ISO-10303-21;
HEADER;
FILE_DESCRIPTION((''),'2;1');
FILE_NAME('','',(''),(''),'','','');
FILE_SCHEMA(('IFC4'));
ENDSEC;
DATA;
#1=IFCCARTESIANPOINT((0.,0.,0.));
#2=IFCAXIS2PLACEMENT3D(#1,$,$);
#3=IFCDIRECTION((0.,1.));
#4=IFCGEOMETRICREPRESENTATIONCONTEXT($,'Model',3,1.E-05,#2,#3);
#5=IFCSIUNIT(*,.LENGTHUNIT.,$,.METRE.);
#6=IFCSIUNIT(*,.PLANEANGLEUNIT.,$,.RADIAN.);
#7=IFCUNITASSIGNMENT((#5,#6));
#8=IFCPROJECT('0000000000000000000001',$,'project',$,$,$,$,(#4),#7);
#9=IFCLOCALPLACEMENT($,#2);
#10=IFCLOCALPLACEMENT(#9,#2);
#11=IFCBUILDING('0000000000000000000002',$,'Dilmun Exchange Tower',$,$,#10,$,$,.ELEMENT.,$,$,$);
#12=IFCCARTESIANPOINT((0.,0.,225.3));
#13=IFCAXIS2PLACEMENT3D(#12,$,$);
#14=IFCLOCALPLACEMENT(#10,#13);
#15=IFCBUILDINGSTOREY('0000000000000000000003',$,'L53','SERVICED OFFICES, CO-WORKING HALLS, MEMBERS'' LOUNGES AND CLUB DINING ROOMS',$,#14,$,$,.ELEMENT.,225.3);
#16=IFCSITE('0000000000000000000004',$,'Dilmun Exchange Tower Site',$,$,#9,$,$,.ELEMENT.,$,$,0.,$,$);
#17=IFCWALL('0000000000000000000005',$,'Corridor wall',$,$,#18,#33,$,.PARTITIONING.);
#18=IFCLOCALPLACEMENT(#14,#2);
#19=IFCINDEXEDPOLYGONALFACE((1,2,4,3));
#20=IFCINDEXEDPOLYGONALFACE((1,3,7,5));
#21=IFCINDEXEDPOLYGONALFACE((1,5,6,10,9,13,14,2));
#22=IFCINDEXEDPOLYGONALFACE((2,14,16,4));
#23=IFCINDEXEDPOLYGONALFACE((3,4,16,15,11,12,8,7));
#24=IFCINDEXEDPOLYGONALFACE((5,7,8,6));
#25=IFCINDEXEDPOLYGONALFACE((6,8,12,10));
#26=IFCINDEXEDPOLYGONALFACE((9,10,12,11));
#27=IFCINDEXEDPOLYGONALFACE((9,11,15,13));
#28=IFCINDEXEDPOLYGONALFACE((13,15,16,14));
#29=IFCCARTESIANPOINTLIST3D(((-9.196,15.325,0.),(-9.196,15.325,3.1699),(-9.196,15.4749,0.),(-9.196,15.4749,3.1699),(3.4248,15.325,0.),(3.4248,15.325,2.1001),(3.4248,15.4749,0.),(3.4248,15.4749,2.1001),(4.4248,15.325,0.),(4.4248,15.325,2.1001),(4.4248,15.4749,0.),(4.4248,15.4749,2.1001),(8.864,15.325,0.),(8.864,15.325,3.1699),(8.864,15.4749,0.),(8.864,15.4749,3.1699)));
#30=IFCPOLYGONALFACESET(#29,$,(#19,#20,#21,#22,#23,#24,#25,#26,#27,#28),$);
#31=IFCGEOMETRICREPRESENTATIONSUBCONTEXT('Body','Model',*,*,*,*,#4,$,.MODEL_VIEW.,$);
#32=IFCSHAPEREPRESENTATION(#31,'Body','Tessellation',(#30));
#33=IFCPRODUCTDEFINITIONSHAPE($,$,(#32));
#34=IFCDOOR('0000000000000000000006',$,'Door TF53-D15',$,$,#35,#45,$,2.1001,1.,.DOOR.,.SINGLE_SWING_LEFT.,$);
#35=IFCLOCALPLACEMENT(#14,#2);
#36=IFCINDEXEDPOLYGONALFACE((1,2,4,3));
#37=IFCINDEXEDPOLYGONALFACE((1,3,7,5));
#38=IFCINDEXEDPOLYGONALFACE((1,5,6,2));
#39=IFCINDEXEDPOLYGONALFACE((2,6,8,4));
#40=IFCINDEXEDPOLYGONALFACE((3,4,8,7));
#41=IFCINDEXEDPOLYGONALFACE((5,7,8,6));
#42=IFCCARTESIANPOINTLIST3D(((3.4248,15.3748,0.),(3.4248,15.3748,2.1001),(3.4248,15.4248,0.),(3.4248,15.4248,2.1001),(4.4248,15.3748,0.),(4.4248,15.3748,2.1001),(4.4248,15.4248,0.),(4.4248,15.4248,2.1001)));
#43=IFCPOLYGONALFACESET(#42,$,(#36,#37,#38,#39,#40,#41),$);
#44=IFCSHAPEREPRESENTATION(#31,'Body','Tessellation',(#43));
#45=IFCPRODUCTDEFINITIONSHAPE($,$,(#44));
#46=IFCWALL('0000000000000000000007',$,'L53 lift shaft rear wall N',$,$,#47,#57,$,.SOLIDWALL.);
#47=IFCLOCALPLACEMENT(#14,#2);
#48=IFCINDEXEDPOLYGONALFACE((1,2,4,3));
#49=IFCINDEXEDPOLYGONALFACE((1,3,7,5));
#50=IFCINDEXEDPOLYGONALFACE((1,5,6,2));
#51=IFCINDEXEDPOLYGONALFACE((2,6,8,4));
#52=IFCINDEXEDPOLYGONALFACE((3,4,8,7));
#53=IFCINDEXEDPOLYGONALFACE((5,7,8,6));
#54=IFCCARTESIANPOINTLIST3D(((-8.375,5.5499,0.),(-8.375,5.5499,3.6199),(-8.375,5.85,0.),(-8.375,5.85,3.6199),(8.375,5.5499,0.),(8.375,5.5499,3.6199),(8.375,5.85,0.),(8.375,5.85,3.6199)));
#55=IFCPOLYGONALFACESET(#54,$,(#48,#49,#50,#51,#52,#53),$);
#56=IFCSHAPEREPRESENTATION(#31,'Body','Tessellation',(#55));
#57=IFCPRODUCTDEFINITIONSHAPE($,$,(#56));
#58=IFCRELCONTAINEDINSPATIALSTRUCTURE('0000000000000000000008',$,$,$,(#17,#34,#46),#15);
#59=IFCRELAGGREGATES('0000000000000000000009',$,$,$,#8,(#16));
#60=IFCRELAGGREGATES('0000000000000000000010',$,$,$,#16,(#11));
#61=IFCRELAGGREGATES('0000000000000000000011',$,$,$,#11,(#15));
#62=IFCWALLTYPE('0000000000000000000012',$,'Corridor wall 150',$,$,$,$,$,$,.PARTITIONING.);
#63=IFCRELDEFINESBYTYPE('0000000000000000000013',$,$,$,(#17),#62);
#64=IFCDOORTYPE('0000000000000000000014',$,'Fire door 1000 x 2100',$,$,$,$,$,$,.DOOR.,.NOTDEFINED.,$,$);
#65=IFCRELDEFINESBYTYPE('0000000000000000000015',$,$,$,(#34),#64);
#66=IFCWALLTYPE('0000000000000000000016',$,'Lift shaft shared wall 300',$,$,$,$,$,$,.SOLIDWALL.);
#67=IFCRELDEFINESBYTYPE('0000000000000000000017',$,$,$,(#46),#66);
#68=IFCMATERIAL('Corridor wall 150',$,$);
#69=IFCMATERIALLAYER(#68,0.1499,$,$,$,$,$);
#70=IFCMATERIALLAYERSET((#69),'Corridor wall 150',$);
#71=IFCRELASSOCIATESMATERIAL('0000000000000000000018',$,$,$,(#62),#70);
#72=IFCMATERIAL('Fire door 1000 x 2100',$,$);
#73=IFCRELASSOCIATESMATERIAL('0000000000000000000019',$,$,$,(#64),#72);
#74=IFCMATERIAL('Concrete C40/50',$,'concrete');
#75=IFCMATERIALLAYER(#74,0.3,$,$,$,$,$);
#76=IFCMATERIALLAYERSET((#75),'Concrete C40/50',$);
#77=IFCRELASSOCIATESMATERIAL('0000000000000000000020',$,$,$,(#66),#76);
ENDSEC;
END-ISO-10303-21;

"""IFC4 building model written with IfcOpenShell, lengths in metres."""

from ifc_helpers import new_model, si_unit, direction, frame, frame_2d, origin, place, context, subcontext, project, spatial, rectangle, extrude, material, layer, layer_set, type_object, element, fill, save


model = new_model("IFC4")

# Units and contexts
model_context = context("Model", 3, precision=1e-05, world=origin(), true_north=direction((0.0, 1.0)))
body_context = subcontext(model_context, "Body", "Model", "MODEL_VIEW")
ifc_project = project(units=[si_unit("LENGTHUNIT", "METRE"), si_unit("PLANEANGLEUNIT", "RADIAN")], contexts=[model_context])

# Site, building, storey
site_placement = place(None, origin())
site = spatial("IfcSite", under=ifc_project, at=site_placement, Name="Dilmun Exchange Tower Site", CompositionType="ELEMENT", RefElevation=0.0)
building_placement = place(site_placement, origin())
building = spatial("IfcBuilding", under=site, at=building_placement, Name="Dilmun Exchange Tower", CompositionType="ELEMENT")
storey_placement = place(building_placement, frame((0.0, 0.0, 225.3)))
storey = spatial("IfcBuildingStorey", under=building, at=storey_placement, Name="L53", Description="SERVICED OFFICES, CO-WORKING HALLS, MEMBERS' LOUNGES AND CLUB DINING ROOMS", CompositionType="ELEMENT", Elevation=225.3)

# Shared definitions
ifc_material_1 = material(Name="Concrete C40/50", Category="concrete")

# Wall, opening, door
ifc_material_2 = material(Name="Corridor wall 150")
ifc_layer_1 = layer(ifc_material_2, 0.1499)
ifc_layer_set_1 = layer_set([ifc_layer_1], Name="Corridor wall 150")
wall_type_1 = type_object("IfcWallType", Name="Corridor wall 150", PredefinedType="PARTITIONING", material=ifc_layer_set_1)
wall_1_placement = place(storey_placement, frame((-9.196, 15.3999, 0.0), z_axis=(0.0, 0.0, 1.0), x_axis=(1.0, 0.0, 0.0)))
wall_1 = element("IfcWall", 1, at=wall_1_placement, inside=storey, type_object=wall_type_1, Name="Corridor wall", PredefinedType="PARTITIONING", context=body_context, shape_type="SweptSolid", body=[
    extrude(rectangle(XDim=18.0601, YDim=0.1499, at=frame_2d((9.03, 0.0))), origin(), (0.0, 0.0, 1.0), 3.1699),
])
opening_1_placement = place(wall_1_placement, frame((12.6208, 0.0, 0.0)))
opening_1 = element("IfcOpeningElement", 2, at=opening_1_placement, cuts=wall_1, PredefinedType="OPENING", context=body_context, shape_type="SweptSolid", body=[
    extrude(rectangle(XDim=1.0, YDim=2.1001, at=frame_2d((0.5, 1.05))), frame((0.0, 0.085, 0.0), z_axis=(0.0, -1.0, 0.0), x_axis=(1.0, 0.0, 0.0)), (0.0, 0.0, 1.0), 0.1699),
])
ifc_material_3 = material(Name="Fire door 1000 x 2100")
door_type_1 = type_object("IfcDoorType", Name="Fire door 1000 x 2100", OperationType="NOTDEFINED", PredefinedType="DOOR", material=ifc_material_3)
door_1_placement = place(opening_1_placement, origin())
door_1 = element("IfcDoor", 3, at=door_1_placement, inside=storey, type_object=door_type_1, Name="Door TF53-D15", OperationType="SINGLE_SWING_LEFT", OverallHeight=2.1001, OverallWidth=1.0, PredefinedType="DOOR", context=body_context, shape_type="SweptSolid", body=[
    extrude(rectangle(XDim=1.0, YDim=2.1001, at=frame_2d((0.5, 1.05))), frame((0.0, 0.0249, 0.0), z_axis=(0.0, -1.0, 0.0), x_axis=(1.0, 0.0, 0.0)), (0.0, 0.0, 1.0), 0.05),
])
fill(opening_1, door_1)

# Wall
ifc_layer_2 = layer(ifc_material_1, 0.3)
ifc_layer_set_2 = layer_set([ifc_layer_2], Name="Concrete C40/50")
wall_type_2 = type_object("IfcWallType", Name="Lift shaft shared wall 300", PredefinedType="SOLIDWALL", material=ifc_layer_set_2)
wall_2_placement = place(storey_placement, frame((-8.375, 5.7, 0.0), z_axis=(0.0, 0.0, 1.0), x_axis=(1.0, 0.0, 0.0)))
element("IfcWall", 4, at=wall_2_placement, inside=storey, type_object=wall_type_2, Name="L53 lift shaft rear wall N", PredefinedType="SOLIDWALL", context=body_context, shape_type="SweptSolid", body=[
    extrude(rectangle(XDim=16.75, YDim=0.3, at=frame_2d((8.375, 0.0))), origin(), (0.0, 0.0, 1.0), 3.6199),
])

save(model, "model.ifc")
